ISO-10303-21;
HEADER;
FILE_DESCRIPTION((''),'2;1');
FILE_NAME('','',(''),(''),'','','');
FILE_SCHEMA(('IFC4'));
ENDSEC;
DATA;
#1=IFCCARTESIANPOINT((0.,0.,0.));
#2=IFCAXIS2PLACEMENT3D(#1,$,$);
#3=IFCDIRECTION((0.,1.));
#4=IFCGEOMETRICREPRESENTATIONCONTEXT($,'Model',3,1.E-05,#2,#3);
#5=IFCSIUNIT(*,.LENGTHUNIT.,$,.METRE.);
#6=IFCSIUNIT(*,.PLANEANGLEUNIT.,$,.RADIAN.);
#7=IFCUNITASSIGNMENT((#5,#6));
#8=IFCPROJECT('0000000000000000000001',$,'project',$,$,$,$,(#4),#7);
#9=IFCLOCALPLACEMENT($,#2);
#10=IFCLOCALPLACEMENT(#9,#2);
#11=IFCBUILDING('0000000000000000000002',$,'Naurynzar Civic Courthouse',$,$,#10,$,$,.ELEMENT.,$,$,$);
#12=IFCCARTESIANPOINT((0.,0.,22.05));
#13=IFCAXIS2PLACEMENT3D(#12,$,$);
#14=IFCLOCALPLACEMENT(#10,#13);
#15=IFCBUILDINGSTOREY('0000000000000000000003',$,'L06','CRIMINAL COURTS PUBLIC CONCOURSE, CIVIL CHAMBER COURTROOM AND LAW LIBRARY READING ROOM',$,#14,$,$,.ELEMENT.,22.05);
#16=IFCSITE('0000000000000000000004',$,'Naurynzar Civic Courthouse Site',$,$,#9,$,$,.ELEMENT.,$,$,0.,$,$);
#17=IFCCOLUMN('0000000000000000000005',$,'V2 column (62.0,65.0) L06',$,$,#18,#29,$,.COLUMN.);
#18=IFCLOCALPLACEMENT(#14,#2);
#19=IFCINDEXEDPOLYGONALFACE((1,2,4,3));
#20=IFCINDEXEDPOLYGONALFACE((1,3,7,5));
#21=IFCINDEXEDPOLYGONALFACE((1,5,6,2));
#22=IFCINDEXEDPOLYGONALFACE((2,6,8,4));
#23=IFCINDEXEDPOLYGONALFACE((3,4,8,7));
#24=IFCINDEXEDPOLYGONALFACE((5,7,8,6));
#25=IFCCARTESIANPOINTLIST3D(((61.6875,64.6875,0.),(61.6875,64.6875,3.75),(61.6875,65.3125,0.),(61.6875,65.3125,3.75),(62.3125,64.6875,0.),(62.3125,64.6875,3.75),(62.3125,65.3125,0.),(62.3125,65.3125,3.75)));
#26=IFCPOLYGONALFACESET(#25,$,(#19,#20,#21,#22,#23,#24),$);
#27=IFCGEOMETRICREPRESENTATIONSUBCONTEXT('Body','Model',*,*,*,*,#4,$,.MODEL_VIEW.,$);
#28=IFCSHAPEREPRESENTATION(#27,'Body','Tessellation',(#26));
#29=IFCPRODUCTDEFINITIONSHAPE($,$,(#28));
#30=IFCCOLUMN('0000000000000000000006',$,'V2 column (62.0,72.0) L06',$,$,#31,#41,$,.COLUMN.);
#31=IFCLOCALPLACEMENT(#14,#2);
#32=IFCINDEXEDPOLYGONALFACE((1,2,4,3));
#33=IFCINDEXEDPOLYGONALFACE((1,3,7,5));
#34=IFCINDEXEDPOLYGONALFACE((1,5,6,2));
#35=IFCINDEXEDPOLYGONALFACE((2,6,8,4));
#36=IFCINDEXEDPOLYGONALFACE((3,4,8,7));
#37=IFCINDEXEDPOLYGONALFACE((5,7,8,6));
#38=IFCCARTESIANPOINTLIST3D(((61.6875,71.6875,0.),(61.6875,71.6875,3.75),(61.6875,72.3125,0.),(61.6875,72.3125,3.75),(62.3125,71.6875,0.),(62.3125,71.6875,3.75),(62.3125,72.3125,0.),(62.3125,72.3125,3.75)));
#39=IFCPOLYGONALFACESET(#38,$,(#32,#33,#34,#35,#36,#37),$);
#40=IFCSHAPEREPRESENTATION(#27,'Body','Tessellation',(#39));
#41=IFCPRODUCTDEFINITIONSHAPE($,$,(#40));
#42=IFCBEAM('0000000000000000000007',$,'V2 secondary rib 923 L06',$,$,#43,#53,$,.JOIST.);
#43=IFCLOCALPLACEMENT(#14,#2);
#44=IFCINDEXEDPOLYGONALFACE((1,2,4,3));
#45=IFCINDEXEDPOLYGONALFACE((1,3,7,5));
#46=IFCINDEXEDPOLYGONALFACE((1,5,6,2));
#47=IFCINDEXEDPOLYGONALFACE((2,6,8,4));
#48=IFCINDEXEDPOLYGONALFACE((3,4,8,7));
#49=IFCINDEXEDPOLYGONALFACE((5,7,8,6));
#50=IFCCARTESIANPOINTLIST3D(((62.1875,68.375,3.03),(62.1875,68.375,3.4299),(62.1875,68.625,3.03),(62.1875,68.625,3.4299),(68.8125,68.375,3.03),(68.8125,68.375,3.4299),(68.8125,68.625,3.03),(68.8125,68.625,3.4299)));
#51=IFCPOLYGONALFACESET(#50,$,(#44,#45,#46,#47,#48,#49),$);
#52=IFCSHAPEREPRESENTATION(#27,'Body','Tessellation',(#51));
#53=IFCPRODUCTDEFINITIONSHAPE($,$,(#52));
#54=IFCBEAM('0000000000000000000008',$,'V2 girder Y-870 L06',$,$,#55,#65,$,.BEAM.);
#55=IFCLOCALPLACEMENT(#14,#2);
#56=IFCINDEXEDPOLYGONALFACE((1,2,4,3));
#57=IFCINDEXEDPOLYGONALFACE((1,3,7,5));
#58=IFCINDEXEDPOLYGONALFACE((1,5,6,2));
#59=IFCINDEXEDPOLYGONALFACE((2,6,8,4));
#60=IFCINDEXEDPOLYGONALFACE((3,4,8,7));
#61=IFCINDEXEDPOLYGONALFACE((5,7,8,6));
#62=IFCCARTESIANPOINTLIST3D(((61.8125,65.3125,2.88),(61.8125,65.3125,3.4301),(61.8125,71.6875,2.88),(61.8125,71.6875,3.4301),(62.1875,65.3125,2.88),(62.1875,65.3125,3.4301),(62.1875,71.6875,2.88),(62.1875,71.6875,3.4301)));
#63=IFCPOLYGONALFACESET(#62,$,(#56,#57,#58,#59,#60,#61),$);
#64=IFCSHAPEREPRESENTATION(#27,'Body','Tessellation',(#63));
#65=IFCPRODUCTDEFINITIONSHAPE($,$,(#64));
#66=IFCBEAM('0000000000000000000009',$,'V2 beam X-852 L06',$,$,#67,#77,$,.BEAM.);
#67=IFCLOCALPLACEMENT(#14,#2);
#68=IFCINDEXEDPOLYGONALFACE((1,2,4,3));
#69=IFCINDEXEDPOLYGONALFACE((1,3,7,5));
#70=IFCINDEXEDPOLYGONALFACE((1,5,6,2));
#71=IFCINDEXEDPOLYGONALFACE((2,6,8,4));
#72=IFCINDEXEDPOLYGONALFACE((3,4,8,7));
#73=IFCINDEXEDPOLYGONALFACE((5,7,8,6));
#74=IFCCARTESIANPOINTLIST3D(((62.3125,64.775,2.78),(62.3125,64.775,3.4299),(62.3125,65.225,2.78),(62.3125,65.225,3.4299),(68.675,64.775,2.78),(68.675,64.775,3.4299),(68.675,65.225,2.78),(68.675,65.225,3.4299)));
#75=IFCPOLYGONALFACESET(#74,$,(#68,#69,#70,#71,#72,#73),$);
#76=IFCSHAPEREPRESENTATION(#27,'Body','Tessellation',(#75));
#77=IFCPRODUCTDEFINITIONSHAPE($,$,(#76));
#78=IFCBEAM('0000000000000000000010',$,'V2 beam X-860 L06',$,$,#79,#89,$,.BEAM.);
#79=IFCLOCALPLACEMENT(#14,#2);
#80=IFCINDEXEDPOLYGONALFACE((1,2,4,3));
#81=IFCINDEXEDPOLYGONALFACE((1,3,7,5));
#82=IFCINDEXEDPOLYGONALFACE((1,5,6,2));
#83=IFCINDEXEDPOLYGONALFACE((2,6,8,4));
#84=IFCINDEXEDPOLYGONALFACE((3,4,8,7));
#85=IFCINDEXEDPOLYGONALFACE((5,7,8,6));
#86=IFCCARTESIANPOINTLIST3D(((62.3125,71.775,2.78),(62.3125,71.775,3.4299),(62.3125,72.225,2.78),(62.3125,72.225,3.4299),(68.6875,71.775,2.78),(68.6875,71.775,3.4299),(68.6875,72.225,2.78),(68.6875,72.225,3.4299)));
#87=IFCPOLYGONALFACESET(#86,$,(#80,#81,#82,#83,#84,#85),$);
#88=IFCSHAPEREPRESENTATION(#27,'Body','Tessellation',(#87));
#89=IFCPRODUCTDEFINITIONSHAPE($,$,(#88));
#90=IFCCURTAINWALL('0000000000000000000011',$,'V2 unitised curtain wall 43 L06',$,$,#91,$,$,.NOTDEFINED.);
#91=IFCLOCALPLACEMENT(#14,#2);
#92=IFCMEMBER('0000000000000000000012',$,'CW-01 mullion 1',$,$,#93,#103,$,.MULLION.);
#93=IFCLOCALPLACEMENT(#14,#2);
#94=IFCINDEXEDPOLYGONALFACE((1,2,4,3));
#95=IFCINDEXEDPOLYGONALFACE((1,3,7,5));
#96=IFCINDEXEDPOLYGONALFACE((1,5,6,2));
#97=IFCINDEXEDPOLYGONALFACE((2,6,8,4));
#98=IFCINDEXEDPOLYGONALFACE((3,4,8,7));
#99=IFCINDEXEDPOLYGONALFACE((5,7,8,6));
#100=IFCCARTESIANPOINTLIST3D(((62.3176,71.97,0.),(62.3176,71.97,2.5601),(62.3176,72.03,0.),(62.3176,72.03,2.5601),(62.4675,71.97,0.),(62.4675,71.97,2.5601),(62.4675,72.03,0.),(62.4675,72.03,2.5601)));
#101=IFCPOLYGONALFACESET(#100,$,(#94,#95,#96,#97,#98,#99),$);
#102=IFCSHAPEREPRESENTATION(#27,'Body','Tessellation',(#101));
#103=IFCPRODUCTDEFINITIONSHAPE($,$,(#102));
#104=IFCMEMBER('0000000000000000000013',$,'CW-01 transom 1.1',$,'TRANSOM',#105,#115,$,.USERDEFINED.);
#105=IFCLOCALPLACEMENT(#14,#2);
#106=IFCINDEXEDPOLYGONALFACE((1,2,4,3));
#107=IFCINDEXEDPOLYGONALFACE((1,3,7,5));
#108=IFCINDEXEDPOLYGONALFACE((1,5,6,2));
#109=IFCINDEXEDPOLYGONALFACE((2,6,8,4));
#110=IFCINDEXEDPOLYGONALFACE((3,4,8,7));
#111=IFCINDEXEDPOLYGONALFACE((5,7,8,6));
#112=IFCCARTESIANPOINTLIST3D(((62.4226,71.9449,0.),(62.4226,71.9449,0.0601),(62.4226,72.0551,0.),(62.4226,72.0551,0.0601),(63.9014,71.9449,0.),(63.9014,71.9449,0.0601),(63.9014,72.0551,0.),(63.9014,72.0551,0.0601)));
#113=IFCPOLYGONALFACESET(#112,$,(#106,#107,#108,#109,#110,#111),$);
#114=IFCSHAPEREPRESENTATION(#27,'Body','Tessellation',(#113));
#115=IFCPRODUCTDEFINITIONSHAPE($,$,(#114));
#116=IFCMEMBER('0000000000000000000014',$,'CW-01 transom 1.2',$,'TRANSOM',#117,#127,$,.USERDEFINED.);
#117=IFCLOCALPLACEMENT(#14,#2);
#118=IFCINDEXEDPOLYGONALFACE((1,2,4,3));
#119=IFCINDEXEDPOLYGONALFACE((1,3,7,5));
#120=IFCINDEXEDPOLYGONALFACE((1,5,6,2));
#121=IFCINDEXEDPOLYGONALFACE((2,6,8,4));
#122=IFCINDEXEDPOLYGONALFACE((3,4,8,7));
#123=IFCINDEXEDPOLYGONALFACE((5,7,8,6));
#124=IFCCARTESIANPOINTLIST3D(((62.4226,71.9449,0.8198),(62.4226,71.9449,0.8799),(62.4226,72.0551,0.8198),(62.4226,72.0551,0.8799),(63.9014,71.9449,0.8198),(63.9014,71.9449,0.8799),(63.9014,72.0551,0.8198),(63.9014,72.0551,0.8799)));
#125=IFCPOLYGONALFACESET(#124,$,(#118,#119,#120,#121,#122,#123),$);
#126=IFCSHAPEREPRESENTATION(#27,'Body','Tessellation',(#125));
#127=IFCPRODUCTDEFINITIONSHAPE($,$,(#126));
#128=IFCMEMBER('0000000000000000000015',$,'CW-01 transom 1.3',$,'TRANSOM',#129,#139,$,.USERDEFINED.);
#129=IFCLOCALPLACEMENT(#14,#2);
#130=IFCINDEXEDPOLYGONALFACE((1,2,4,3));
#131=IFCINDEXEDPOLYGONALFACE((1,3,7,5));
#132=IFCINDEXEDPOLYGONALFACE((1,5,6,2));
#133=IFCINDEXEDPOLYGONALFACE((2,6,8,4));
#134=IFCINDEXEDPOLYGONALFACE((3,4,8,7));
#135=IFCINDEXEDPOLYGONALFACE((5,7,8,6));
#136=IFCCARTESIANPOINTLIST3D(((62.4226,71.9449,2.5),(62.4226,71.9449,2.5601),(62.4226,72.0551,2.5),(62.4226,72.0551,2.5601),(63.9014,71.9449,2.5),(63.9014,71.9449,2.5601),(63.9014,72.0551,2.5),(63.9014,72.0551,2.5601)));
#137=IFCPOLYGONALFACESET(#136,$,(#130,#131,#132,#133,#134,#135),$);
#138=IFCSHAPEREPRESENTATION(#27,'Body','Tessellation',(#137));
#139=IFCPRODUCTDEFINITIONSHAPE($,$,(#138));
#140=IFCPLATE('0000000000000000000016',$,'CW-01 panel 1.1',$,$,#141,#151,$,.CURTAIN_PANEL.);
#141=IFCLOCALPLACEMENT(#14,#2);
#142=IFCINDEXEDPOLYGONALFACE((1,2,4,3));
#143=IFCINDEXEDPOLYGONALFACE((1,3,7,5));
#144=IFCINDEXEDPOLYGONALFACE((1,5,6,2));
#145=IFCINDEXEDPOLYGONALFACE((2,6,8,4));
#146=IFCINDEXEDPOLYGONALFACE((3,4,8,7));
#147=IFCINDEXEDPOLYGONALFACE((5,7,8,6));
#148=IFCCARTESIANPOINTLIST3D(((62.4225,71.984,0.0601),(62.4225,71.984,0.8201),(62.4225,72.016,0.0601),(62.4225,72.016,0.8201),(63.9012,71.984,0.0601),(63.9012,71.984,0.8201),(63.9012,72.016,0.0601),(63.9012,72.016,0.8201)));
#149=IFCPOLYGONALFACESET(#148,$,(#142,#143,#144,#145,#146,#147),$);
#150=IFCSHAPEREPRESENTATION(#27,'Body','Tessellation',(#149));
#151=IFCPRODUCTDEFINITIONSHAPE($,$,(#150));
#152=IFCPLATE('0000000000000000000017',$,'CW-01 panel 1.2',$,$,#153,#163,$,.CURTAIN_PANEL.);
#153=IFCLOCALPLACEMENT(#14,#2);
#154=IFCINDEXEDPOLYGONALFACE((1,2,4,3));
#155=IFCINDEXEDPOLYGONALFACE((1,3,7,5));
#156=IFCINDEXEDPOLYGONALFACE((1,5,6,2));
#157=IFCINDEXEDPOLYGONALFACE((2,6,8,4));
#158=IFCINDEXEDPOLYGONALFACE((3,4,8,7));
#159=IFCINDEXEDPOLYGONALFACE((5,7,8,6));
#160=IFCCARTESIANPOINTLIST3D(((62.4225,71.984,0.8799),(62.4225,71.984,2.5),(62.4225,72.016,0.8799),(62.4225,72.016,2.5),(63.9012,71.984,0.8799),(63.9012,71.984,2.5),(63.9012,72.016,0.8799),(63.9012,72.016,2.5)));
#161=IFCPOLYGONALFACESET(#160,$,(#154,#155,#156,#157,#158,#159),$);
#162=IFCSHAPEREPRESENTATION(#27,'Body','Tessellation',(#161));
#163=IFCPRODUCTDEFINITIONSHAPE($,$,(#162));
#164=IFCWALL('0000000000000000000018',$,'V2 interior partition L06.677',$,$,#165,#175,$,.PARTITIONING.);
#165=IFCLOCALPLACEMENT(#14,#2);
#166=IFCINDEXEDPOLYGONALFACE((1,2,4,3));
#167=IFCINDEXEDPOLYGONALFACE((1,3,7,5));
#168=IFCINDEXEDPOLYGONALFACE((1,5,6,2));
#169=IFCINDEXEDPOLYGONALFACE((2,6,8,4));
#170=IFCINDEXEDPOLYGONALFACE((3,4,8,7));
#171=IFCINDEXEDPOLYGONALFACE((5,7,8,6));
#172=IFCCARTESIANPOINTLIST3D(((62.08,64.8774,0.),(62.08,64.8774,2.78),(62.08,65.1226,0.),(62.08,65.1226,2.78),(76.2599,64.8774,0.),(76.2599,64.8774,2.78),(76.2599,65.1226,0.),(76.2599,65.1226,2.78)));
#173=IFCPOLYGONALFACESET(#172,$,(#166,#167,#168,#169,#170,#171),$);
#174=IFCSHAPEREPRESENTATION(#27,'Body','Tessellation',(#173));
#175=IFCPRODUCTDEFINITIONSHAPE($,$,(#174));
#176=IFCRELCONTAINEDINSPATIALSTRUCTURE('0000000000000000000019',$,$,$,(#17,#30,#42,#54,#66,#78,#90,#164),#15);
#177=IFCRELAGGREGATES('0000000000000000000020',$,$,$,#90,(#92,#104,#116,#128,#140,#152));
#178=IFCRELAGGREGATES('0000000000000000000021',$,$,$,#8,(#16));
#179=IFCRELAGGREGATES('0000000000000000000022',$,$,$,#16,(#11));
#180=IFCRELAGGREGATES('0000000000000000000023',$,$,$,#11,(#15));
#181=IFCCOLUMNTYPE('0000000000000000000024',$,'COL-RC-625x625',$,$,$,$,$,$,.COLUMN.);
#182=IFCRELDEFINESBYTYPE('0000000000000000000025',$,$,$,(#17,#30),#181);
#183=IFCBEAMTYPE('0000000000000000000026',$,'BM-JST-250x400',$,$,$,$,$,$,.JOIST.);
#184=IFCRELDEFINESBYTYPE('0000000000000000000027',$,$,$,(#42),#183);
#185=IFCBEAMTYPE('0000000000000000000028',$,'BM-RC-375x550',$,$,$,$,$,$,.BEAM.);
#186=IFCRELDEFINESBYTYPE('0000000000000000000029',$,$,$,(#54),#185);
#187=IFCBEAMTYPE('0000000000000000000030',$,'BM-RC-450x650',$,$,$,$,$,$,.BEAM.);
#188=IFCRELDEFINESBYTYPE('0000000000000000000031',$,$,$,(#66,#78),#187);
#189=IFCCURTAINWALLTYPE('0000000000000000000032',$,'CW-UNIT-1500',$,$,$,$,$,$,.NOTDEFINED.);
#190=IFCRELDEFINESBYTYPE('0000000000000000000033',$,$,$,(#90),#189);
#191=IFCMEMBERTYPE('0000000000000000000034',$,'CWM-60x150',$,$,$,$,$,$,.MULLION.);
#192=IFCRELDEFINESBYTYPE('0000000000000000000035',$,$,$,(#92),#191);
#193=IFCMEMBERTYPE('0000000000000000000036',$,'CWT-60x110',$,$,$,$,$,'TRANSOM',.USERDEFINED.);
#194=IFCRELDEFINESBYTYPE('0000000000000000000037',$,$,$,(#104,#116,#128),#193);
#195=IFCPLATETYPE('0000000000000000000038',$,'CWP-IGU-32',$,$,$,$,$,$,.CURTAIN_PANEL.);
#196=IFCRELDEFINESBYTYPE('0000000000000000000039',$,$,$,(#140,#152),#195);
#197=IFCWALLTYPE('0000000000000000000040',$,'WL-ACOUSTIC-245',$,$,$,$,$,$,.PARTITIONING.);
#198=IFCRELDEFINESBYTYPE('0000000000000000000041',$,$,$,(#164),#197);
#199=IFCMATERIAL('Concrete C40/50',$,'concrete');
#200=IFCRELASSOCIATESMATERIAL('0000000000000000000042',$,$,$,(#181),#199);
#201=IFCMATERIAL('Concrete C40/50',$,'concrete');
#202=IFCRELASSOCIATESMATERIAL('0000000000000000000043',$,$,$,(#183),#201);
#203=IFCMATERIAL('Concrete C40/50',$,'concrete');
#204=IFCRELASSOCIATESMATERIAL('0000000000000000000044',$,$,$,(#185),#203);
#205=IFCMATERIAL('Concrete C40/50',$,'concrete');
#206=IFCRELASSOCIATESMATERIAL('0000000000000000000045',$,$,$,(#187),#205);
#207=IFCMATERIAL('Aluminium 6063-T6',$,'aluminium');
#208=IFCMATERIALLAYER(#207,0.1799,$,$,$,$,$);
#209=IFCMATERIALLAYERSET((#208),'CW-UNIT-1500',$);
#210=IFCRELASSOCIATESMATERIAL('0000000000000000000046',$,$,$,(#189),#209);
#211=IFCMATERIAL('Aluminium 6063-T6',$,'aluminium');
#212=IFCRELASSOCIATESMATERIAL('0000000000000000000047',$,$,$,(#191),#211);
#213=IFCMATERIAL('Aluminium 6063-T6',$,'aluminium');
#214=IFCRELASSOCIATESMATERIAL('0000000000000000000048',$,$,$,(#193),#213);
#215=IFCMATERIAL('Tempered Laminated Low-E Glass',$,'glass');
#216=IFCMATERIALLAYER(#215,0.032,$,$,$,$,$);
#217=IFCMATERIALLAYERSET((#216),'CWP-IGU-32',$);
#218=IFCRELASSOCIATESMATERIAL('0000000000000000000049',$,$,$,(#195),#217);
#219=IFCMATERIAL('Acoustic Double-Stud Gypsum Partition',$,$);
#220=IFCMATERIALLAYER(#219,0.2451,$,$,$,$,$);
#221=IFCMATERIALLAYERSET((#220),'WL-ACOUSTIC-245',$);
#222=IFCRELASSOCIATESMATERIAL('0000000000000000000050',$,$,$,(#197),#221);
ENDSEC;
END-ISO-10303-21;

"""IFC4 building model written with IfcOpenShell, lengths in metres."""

from ifc_helpers import new_model, si_unit, direction, frame, frame_2d, origin, origin_2d, place, context, subcontext, project, spatial, rectangle, extrude, material, layer, layer_set, material_profile, profile_set, type_object, element, aggregate, save


model = new_model("IFC4")

# Units and contexts
model_context = context("Model", 3, precision=1e-05, world=origin(), true_north=direction((0.0, 1.0)))
body_context = subcontext(model_context, "Body", "Model", "MODEL_VIEW")
ifc_project = project(units=[si_unit("LENGTHUNIT", "METRE"), si_unit("PLANEANGLEUNIT", "RADIAN")], contexts=[model_context])

# Site, building, storey
site_placement = place(None, origin())
site = spatial("IfcSite", under=ifc_project, at=site_placement, Name="Naurynzar Civic Courthouse Site", CompositionType="ELEMENT", RefElevation=0.0)
building_placement = place(site_placement, origin())
building = spatial("IfcBuilding", under=site, at=building_placement, Name="Naurynzar Civic Courthouse", CompositionType="ELEMENT")
storey_placement = place(building_placement, frame((0.0, 0.0, 22.05)))
storey = spatial("IfcBuildingStorey", under=building, at=storey_placement, Name="L06", Description="CRIMINAL COURTS PUBLIC CONCOURSE, CIVIL CHAMBER COURTROOM AND LAW LIBRARY READING ROOM", CompositionType="ELEMENT", Elevation=22.05)

# Columns
ifc_material_1 = material(Name="Concrete C40/50", Category="concrete")
ifc_material_profile_1 = material_profile(ifc_material_1, rectangle(XDim=0.625, YDim=0.625, at=origin_2d()), Name="RC 625x625")
ifc_profile_set_1 = profile_set([ifc_material_profile_1], Name="Concrete C40/50")
column_type = type_object("IfcColumnType", Name="COL-RC-625x625", PredefinedType="COLUMN", material=ifc_profile_set_1)
for number, where, z_axis, x_axis, name in (
    (1, (62.0, 65.0, 0.0), (0.0, 0.0, 1.0), (1.0, 0.0, 0.0), "V2 column (62.0,65.0) L06"),
    (2, (62.0, 72.0, 0.0), (0.0, 0.0, 1.0), (1.0, 0.0, 0.0), "V2 column (62.0,72.0) L06"),
):
    element("IfcColumn", number, at=place(storey_placement, frame(where, z_axis=z_axis, x_axis=x_axis)), inside=storey, type_object=column_type, Name=name, PredefinedType="COLUMN", context=body_context, shape_type="SweptSolid", body=[
        extrude(rectangle(XDim=0.625, YDim=0.625, at=origin_2d()), origin(), (0.0, 0.0, 1.0), 3.75),
    ])

# Beams
ifc_material_2 = material(Name="Concrete C40/50", Category="concrete")
ifc_material_profile_2 = material_profile(ifc_material_2, rectangle(XDim=0.25, YDim=0.3999, at=origin_2d()), Name="RCB 250x400")
ifc_profile_set_2 = profile_set([ifc_material_profile_2], Name="Concrete C40/50")
beam_type_1 = type_object("IfcBeamType", Name="BM-JST-250x400", PredefinedType="JOIST", material=ifc_profile_set_2)
beam_1_placement = place(storey_placement, frame((62.1875, 68.5, 3.23), z_axis=(1.0, 0.0, 0.0), x_axis=(0.0, 1.0, 0.0)))
element("IfcBeam", 3, at=beam_1_placement, inside=storey, type_object=beam_type_1, Name="V2 secondary rib 923 L06", PredefinedType="JOIST", context=body_context, shape_type="SweptSolid", body=[
    extrude(rectangle(XDim=0.25, YDim=0.3999, at=origin_2d()), origin(), (0.0, 0.0, 1.0), 6.625),
])
ifc_material_3 = material(Name="Concrete C40/50", Category="concrete")
ifc_material_profile_3 = material_profile(ifc_material_3, rectangle(XDim=0.375, YDim=0.55, at=origin_2d()), Name="RCB 375x550")
ifc_profile_set_3 = profile_set([ifc_material_profile_3], Name="Concrete C40/50")
beam_type_2 = type_object("IfcBeamType", Name="BM-RC-375x550", PredefinedType="BEAM", material=ifc_profile_set_3)
beam_2_placement = place(storey_placement, frame((62.0, 65.3125, 3.155), z_axis=(0.0, 1.0, 0.0), x_axis=(-1.0, 0.0, 0.0)))
element("IfcBeam", 4, at=beam_2_placement, inside=storey, type_object=beam_type_2, Name="V2 girder Y-870 L06", PredefinedType="BEAM", context=body_context, shape_type="SweptSolid", body=[
    extrude(rectangle(XDim=0.375, YDim=0.55, at=origin_2d()), origin(), (0.0, 0.0, 1.0), 6.375),
])
ifc_material_4 = material(Name="Concrete C40/50", Category="concrete")
ifc_material_profile_4 = material_profile(ifc_material_4, rectangle(XDim=0.45, YDim=0.6499, at=origin_2d()), Name="RCB 450x650")
ifc_profile_set_4 = profile_set([ifc_material_profile_4], Name="Concrete C40/50")
beam_type_3 = type_object("IfcBeamType", Name="BM-RC-450x650", PredefinedType="BEAM", material=ifc_profile_set_4)
beam_3_placement = place(storey_placement, frame((62.3125, 65.0, 3.105), z_axis=(1.0, 0.0, 0.0), x_axis=(0.0, 1.0, 0.0)))
element("IfcBeam", 5, at=beam_3_placement, inside=storey, type_object=beam_type_3, Name="V2 beam X-852 L06", PredefinedType="BEAM", context=body_context, shape_type="SweptSolid", body=[
    extrude(rectangle(XDim=0.45, YDim=0.6499, at=origin_2d()), origin(), (0.0, 0.0, 1.0), 6.3625),
])
beam_4_placement = place(storey_placement, frame((62.3125, 72.0, 3.105), z_axis=(1.0, 0.0, 0.0), x_axis=(0.0, 1.0, 0.0)))
element("IfcBeam", 6, at=beam_4_placement, inside=storey, type_object=beam_type_3, Name="V2 beam X-860 L06", PredefinedType="BEAM", context=body_context, shape_type="SweptSolid", body=[
    extrude(rectangle(XDim=0.45, YDim=0.6499, at=origin_2d()), origin(), (0.0, 0.0, 1.0), 6.375),
])

# Curtain wall, members, plates
ifc_material_5 = material(Name="Aluminium 6063-T6", Category="aluminium")
ifc_layer_1 = layer(ifc_material_5, 0.1799)
ifc_layer_set_1 = layer_set([ifc_layer_1], Name="CW-UNIT-1500")
curtain_wall_type = type_object("IfcCurtainWallType", Name="CW-UNIT-1500", PredefinedType="NOTDEFINED", material=ifc_layer_set_1)
curtain_wall_placement = place(storey_placement, origin())
curtain_wall = element("IfcCurtainWall", 7, at=curtain_wall_placement, inside=storey, type_object=curtain_wall_type, Name="V2 unitised curtain wall 43 L06", PredefinedType="NOTDEFINED")
ifc_material_6 = material(Name="Aluminium 6063-T6", Category="aluminium")
ifc_material_profile_5 = material_profile(ifc_material_6, rectangle(XDim=0.0601, YDim=0.1499, at=origin_2d()), Name="ALU MULLION 60x150")
ifc_profile_set_5 = profile_set([ifc_material_profile_5], Name="Aluminium 6063-T6")
member_type_1 = type_object("IfcMemberType", Name="CWM-60x150", PredefinedType="MULLION", material=ifc_profile_set_5)
member_1_placement = place(storey_placement, frame((62.3926, 72.0, 0.0), z_axis=(0.0, 0.0, 1.0), x_axis=(0.0, 1.0, 0.0)))
member_1 = element("IfcMember", 8, at=member_1_placement, type_object=member_type_1, Name="CW-01 mullion 1", PredefinedType="MULLION", context=body_context, shape_type="SweptSolid", body=[
    extrude(rectangle(XDim=0.0601, YDim=0.1499, at=origin_2d()), origin(), (0.0, 0.0, 1.0), 2.5601),
])
ifc_material_7 = material(Name="Aluminium 6063-T6", Category="aluminium")
ifc_material_profile_6 = material_profile(ifc_material_7, rectangle(XDim=0.1101, YDim=0.0601, at=origin_2d()), Name="ALU TRANSOM 60x110")
ifc_profile_set_6 = profile_set([ifc_material_profile_6], Name="Aluminium 6063-T6")
member_type_2 = type_object("IfcMemberType", Name="CWT-60x110", ElementType="TRANSOM", PredefinedType="USERDEFINED", material=ifc_profile_set_6)
member_2_placement = place(storey_placement, frame((62.4226, 72.0, 0.03), z_axis=(1.0, 0.0, 0.0), x_axis=(0.0, 1.0, 0.0)))
member_2 = element("IfcMember", 9, at=member_2_placement, type_object=member_type_2, Name="CW-01 transom 1.1", ObjectType="TRANSOM", PredefinedType="USERDEFINED", context=body_context, shape_type="SweptSolid", body=[
    extrude(rectangle(XDim=0.1101, YDim=0.0601, at=origin_2d()), origin(), (0.0, 0.0, 1.0), 1.4788),
])
member_3_placement = place(storey_placement, frame((62.4226, 72.0, 0.8499), z_axis=(1.0, 0.0, 0.0), x_axis=(0.0, 1.0, 0.0)))
member_3 = element("IfcMember", 10, at=member_3_placement, type_object=member_type_2, Name="CW-01 transom 1.2", ObjectType="TRANSOM", PredefinedType="USERDEFINED", context=body_context, shape_type="SweptSolid", body=[
    extrude(rectangle(XDim=0.1101, YDim=0.0601, at=origin_2d()), origin(), (0.0, 0.0, 1.0), 1.4788),
])
member_4_placement = place(storey_placement, frame((62.4226, 72.0, 2.53), z_axis=(1.0, 0.0, 0.0), x_axis=(0.0, 1.0, 0.0)))
member_4 = element("IfcMember", 11, at=member_4_placement, type_object=member_type_2, Name="CW-01 transom 1.3", ObjectType="TRANSOM", PredefinedType="USERDEFINED", context=body_context, shape_type="SweptSolid", body=[
    extrude(rectangle(XDim=0.1101, YDim=0.0601, at=origin_2d()), origin(), (0.0, 0.0, 1.0), 1.4788),
])
ifc_material_8 = material(Name="Tempered Laminated Low-E Glass", Category="glass")
ifc_layer_2 = layer(ifc_material_8, 0.032)
ifc_layer_set_2 = layer_set([ifc_layer_2], Name="CWP-IGU-32")
plate_type = type_object("IfcPlateType", Name="CWP-IGU-32", PredefinedType="CURTAIN_PANEL", material=ifc_layer_set_2)
plate_1_placement = place(storey_placement, frame((63.1619, 72.0, 0.0601), z_axis=(0.0, 0.0, 1.0), x_axis=(1.0, 0.0, 0.0)))
plate_1 = element("IfcPlate", 12, at=plate_1_placement, type_object=plate_type, Name="CW-01 panel 1.1", PredefinedType="CURTAIN_PANEL", context=body_context, shape_type="SweptSolid", body=[
    extrude(rectangle(XDim=1.4788, YDim=0.032, at=origin_2d()), origin(), (0.0, 0.0, 1.0), 0.76),
])
plate_2_placement = place(storey_placement, frame((63.1619, 72.0, 0.8799), z_axis=(0.0, 0.0, 1.0), x_axis=(1.0, 0.0, 0.0)))
plate_2 = element("IfcPlate", 13, at=plate_2_placement, type_object=plate_type, Name="CW-01 panel 1.2", PredefinedType="CURTAIN_PANEL", context=body_context, shape_type="SweptSolid", body=[
    extrude(rectangle(XDim=1.4788, YDim=0.032, at=origin_2d()), origin(), (0.0, 0.0, 1.0), 1.6201),
])
aggregate(curtain_wall, [member_1, member_2, member_3, member_4, plate_1, plate_2])

# Wall
ifc_material_9 = material(Name="Acoustic Double-Stud Gypsum Partition")
ifc_layer_3 = layer(ifc_material_9, 0.2451)
ifc_layer_set_3 = layer_set([ifc_layer_3], Name="WL-ACOUSTIC-245")
wall_type_1 = type_object("IfcWallType", Name="WL-ACOUSTIC-245", PredefinedType="PARTITIONING", material=ifc_layer_set_3)
wall_1_placement = place(storey_placement, frame((62.0801, 65.0, 0.0), z_axis=(0.0, 0.0, 1.0), x_axis=(1.0, 0.0, 0.0)))
element("IfcWall", 14, at=wall_1_placement, inside=storey, type_object=wall_type_1, Name="V2 interior partition L06.677", PredefinedType="PARTITIONING", context=body_context, shape_type="SweptSolid", body=[
    extrude(rectangle(XDim=14.1799, YDim=0.2451, at=frame_2d((7.0898, 0.0))), origin(), (0.0, 0.0, 1.0), 2.78),
])

save(model, "model.ifc")
